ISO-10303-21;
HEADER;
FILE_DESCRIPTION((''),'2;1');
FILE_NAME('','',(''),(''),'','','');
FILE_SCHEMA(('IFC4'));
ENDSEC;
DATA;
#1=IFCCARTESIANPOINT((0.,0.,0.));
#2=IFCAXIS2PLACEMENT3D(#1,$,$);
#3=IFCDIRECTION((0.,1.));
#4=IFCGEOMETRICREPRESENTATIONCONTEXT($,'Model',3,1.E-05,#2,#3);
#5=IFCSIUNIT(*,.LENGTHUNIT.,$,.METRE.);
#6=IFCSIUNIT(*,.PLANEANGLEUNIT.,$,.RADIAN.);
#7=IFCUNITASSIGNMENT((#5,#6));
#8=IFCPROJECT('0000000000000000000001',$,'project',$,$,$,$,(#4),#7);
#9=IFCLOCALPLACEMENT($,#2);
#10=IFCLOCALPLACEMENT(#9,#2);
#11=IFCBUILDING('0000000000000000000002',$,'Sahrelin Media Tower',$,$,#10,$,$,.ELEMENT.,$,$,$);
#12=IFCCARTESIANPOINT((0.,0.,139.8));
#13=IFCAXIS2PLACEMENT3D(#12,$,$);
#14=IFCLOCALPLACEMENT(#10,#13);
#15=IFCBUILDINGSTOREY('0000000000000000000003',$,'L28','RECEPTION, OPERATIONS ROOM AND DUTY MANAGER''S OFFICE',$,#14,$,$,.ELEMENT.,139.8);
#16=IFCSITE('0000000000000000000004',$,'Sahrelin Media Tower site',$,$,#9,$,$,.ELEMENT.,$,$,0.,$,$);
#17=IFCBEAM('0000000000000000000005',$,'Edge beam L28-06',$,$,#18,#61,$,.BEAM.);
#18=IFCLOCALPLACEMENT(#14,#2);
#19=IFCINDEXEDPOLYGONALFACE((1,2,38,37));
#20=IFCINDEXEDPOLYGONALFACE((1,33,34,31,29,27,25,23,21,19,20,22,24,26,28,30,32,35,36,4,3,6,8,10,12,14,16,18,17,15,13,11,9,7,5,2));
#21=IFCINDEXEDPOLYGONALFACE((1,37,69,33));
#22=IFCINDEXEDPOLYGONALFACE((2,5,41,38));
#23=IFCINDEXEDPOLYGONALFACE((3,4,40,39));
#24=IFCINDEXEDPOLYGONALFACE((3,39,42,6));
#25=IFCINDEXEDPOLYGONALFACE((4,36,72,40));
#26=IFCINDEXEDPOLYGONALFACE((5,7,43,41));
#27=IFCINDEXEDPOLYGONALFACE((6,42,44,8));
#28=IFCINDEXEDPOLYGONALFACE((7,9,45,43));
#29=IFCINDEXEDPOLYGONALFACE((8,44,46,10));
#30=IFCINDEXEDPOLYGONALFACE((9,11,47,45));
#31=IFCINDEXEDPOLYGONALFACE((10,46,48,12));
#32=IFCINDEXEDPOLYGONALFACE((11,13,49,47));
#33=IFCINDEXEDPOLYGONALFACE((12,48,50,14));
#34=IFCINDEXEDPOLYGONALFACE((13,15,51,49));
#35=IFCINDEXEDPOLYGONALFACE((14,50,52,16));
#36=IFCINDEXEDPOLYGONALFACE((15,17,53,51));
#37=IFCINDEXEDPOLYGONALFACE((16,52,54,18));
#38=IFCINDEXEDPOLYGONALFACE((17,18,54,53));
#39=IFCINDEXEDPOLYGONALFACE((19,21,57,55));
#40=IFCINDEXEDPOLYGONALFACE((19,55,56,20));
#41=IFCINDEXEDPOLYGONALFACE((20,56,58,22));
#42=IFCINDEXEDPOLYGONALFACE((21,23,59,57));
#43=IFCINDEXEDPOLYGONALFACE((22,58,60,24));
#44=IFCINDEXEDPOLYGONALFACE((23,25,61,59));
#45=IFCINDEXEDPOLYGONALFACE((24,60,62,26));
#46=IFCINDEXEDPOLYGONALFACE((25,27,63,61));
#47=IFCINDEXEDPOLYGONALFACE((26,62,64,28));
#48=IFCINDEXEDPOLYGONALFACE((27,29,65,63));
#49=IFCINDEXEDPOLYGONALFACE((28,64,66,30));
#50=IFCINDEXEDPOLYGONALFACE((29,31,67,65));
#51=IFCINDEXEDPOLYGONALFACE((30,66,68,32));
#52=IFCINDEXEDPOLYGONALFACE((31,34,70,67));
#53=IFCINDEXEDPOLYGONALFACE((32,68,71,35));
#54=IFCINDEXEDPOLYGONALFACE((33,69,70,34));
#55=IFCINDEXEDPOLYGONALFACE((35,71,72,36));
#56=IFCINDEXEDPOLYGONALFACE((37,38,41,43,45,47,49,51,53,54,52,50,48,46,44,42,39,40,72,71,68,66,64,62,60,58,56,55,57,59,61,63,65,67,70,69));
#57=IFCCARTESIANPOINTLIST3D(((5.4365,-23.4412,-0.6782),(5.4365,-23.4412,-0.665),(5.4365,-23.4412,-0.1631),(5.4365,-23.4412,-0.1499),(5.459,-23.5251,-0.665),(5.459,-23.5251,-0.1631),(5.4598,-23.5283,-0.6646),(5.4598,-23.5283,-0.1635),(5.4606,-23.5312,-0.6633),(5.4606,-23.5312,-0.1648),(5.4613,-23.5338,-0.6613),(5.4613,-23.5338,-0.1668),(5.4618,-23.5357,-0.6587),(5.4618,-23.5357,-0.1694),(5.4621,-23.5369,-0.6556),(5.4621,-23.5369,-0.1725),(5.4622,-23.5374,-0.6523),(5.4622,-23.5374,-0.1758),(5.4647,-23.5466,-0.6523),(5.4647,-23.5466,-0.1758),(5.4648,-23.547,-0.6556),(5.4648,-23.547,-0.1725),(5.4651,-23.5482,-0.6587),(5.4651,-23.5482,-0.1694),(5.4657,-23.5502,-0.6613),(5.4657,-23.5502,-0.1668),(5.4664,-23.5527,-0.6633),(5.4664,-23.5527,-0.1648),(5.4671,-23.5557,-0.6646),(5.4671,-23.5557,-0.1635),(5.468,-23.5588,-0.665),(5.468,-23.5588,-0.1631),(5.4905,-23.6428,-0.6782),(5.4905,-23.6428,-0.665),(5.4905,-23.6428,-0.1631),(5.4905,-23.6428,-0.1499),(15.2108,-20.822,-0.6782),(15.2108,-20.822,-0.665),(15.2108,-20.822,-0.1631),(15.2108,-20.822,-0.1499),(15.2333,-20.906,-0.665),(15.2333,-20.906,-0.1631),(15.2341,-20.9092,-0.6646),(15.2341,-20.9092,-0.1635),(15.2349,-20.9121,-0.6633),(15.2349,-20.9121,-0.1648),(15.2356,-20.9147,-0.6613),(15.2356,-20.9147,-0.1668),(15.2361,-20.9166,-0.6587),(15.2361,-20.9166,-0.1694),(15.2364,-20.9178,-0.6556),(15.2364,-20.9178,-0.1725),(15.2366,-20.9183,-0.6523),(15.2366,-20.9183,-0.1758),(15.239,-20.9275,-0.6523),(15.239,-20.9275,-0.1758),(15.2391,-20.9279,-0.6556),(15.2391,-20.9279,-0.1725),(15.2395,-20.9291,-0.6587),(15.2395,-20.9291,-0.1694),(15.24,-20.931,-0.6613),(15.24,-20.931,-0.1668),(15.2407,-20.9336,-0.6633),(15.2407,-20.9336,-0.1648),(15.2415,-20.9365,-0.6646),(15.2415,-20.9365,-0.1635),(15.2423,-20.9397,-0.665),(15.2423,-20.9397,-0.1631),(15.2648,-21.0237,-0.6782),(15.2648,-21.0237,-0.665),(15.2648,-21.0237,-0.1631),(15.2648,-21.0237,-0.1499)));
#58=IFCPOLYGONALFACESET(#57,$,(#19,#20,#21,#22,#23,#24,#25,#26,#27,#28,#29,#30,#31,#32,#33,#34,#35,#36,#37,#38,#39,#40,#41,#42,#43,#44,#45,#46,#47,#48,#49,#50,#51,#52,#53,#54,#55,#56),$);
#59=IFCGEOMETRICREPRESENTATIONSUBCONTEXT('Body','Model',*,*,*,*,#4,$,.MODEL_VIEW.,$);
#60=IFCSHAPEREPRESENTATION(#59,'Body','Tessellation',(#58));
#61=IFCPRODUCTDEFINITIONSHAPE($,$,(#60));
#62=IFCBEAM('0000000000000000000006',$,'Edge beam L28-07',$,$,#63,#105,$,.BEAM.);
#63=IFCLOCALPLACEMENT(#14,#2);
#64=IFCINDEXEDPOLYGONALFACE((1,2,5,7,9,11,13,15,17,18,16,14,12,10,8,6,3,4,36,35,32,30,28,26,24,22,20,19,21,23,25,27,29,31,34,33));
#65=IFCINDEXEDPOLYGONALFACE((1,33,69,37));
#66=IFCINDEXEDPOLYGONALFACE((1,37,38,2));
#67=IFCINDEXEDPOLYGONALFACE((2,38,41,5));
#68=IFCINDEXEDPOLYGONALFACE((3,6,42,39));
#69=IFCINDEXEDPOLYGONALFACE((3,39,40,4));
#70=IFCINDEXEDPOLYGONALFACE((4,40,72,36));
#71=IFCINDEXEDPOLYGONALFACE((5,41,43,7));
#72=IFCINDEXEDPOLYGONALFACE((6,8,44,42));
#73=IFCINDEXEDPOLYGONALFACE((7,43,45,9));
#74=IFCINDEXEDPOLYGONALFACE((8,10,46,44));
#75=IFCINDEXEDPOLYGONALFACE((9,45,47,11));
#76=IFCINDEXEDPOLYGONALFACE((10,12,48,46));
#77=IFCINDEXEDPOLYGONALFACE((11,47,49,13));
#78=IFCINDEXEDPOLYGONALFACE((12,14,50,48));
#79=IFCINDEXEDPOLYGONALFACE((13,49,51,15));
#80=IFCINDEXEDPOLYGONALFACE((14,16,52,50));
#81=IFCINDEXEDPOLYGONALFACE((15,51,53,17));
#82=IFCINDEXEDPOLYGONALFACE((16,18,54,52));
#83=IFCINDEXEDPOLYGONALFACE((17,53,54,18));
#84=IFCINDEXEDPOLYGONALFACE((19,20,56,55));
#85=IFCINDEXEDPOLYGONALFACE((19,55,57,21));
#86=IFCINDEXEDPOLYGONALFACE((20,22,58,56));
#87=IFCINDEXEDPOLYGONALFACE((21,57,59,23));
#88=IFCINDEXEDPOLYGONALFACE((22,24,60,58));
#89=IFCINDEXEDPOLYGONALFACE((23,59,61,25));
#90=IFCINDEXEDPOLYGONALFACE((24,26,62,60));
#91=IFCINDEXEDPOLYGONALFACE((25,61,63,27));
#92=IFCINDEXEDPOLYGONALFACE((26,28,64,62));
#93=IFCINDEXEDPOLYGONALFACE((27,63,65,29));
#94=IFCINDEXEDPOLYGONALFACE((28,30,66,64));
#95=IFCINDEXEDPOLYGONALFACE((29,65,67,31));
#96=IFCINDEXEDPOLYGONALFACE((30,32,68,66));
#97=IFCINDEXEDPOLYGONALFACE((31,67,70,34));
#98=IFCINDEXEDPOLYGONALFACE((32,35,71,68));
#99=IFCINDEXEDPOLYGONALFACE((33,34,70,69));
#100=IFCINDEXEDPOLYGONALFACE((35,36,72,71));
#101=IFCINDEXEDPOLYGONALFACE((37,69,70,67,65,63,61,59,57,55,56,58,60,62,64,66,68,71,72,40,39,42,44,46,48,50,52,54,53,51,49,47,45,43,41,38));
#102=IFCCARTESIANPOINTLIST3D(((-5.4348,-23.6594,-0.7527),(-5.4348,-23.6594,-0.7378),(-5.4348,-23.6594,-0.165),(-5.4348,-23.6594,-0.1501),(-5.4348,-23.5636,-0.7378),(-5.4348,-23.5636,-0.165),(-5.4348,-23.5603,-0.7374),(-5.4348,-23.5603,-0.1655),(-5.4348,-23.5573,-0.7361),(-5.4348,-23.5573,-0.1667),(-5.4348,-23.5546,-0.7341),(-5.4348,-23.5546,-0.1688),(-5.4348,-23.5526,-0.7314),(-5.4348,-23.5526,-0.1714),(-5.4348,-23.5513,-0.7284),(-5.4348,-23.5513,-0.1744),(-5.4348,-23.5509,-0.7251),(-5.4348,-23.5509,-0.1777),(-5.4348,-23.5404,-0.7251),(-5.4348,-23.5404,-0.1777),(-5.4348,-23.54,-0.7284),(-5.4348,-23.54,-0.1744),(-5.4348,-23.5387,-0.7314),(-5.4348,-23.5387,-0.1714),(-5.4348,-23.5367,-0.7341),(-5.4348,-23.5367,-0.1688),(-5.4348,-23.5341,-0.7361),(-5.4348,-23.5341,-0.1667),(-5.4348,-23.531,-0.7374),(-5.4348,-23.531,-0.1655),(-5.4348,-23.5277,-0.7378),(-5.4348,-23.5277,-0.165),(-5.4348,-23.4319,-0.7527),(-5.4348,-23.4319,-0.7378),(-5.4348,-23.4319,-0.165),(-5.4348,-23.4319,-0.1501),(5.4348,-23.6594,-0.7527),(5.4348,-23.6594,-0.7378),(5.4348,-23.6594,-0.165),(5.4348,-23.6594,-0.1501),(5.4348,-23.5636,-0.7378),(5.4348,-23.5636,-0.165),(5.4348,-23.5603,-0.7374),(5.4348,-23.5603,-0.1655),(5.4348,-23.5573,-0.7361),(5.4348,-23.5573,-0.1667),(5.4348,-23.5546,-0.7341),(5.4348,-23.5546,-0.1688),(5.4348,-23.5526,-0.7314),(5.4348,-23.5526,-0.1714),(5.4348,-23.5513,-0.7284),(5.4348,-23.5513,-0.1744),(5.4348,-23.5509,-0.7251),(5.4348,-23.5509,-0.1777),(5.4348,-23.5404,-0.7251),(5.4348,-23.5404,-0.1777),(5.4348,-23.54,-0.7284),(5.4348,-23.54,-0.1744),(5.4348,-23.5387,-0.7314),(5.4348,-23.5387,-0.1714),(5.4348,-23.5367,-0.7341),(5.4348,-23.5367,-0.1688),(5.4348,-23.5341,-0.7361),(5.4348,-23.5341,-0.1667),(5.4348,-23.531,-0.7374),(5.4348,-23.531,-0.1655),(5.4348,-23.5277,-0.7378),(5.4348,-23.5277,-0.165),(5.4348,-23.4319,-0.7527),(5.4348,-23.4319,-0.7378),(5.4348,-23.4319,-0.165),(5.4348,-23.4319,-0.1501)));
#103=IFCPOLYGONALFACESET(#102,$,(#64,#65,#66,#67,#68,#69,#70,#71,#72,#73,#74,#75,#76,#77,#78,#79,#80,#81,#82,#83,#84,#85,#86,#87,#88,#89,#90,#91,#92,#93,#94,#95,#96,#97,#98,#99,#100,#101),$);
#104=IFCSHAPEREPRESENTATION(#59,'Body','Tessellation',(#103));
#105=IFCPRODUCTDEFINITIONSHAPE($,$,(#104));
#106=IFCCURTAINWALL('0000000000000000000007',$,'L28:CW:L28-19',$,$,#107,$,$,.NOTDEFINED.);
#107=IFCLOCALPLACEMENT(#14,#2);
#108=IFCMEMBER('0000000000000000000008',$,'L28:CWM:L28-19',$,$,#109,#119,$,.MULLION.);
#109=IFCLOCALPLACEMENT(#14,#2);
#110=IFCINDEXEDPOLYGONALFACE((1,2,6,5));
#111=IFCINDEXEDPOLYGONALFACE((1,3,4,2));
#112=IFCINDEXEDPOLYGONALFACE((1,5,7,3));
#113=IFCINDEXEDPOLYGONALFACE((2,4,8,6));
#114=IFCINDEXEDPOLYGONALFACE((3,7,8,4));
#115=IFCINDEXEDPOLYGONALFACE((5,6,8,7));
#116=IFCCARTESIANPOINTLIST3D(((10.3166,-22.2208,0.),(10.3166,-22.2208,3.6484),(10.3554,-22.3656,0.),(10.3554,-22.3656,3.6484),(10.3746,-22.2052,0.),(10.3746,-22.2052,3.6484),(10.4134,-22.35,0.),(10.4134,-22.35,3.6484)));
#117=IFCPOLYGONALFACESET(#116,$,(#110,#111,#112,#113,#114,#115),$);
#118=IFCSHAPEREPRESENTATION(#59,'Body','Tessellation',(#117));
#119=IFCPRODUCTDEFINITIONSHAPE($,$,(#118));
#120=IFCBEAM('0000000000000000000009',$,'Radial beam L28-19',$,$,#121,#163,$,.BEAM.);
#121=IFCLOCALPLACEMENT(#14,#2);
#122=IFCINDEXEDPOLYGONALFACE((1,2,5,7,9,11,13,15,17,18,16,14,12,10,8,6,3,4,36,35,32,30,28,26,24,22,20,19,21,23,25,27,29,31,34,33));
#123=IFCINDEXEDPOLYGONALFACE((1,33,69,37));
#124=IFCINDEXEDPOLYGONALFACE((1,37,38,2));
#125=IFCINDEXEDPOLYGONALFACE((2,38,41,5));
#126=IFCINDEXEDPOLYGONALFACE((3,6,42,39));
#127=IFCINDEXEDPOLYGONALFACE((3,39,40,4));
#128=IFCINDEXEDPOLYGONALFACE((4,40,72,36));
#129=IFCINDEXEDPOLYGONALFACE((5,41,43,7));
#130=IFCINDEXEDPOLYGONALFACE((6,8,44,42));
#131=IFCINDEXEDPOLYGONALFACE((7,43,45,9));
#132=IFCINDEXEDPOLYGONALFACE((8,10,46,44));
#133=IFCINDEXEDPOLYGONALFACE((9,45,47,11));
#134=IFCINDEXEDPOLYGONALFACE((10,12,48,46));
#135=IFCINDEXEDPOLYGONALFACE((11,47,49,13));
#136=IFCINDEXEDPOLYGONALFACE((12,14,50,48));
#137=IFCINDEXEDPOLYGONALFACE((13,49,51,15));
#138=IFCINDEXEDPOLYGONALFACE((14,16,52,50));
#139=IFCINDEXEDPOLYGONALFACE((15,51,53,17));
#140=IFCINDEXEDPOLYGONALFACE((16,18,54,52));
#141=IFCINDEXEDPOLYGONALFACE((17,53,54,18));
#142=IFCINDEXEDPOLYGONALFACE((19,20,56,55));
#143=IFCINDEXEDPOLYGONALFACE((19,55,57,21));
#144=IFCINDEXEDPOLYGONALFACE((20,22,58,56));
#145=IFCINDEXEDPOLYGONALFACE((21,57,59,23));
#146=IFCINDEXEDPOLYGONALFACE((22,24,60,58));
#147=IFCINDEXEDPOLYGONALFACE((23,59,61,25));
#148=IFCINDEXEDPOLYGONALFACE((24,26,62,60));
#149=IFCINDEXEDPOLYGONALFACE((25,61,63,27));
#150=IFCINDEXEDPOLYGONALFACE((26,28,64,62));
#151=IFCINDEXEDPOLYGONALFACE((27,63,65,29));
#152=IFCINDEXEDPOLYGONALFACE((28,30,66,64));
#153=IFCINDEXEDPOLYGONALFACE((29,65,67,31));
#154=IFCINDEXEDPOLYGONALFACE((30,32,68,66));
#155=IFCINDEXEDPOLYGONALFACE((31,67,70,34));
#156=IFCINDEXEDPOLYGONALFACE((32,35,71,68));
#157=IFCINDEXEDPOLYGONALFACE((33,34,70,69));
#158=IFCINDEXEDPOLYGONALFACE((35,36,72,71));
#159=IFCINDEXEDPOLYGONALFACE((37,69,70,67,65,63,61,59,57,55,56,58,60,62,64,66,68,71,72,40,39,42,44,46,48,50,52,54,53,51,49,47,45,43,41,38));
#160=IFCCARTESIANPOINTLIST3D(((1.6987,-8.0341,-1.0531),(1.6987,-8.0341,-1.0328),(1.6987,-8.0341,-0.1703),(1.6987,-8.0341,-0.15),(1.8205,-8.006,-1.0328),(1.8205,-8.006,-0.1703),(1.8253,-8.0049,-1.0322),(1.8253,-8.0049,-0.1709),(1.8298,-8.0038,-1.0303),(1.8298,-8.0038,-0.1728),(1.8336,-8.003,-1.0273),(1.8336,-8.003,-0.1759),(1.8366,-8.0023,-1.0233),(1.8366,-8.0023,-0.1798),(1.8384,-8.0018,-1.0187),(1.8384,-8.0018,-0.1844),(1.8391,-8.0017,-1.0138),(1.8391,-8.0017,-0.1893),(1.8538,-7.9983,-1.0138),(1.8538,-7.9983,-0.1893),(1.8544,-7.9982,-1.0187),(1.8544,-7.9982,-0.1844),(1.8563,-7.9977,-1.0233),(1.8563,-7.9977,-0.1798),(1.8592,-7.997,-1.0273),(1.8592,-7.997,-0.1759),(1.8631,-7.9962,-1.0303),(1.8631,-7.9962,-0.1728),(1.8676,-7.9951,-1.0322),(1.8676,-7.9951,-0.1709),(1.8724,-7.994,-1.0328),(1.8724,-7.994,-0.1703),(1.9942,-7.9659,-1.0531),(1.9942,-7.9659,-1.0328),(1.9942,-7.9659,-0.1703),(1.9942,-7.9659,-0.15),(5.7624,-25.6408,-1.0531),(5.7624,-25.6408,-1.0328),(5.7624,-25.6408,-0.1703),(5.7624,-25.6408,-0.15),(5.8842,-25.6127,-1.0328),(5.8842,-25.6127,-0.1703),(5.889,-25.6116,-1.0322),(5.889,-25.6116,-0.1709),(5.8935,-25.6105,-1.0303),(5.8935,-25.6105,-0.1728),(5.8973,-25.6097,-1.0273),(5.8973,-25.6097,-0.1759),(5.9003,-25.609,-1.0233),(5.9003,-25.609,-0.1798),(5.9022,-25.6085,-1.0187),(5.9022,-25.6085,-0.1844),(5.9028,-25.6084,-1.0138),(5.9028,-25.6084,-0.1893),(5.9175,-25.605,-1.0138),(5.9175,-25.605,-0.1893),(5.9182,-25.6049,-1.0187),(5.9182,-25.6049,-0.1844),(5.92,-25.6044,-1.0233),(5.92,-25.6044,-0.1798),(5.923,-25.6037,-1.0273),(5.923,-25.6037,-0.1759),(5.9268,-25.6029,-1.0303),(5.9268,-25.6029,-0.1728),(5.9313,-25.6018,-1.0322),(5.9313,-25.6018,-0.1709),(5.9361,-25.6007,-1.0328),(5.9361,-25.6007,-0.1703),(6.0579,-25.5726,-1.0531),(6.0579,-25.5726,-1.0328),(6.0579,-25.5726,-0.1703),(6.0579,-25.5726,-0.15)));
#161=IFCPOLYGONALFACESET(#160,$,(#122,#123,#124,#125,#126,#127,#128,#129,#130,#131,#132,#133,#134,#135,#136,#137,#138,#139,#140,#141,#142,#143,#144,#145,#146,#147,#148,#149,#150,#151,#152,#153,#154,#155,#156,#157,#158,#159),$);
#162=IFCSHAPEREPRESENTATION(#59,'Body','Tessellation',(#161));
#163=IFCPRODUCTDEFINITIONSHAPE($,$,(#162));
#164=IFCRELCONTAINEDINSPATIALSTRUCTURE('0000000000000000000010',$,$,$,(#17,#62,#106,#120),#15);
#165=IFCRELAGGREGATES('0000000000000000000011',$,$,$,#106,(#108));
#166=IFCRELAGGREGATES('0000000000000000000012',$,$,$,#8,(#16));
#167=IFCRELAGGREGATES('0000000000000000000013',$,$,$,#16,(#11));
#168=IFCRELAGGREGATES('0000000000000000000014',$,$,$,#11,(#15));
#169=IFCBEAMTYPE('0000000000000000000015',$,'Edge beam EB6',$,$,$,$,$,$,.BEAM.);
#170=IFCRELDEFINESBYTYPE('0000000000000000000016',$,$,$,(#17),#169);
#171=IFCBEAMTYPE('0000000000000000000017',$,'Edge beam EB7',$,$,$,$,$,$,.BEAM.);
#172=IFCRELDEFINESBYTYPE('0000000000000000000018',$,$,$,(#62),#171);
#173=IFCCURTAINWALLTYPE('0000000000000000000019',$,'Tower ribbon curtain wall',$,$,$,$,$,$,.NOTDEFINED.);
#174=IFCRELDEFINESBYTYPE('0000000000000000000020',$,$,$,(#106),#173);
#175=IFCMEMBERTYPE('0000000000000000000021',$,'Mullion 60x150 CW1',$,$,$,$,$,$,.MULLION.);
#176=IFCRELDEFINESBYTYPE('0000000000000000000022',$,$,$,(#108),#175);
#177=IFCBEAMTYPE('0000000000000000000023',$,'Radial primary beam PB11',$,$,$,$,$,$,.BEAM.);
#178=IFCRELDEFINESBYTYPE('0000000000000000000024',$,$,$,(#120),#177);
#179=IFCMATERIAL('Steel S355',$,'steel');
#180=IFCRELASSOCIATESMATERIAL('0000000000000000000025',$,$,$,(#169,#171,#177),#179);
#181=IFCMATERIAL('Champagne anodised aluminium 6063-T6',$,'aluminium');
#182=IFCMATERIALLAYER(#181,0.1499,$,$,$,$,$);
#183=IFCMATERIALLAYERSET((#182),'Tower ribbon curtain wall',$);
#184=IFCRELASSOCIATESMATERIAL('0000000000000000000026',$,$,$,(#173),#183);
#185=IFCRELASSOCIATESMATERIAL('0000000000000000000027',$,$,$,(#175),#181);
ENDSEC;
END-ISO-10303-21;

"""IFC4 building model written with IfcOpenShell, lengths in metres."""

from ifc_helpers import new_model, si_unit, direction, frame, origin, origin_2d, place, context, subcontext, project, spatial, rectangle, i_section, extrude, material, layer, layer_set, material_profile, profile_set, type_object, element, aggregate, save


model = new_model("IFC4")

# Units and contexts
model_context = context("Model", 3, precision=1e-05, world=origin(), true_north=direction((0.0, 1.0)))
body_context = subcontext(model_context, "Body", "Model", "MODEL_VIEW")
ifc_project = project(units=[si_unit("LENGTHUNIT", "METRE"), si_unit("PLANEANGLEUNIT", "RADIAN")], contexts=[model_context])

# Site, building, storey
site_placement = place(None, origin())
site = spatial("IfcSite", under=ifc_project, at=site_placement, Name="Sahrelin Media Tower site", CompositionType="ELEMENT", RefElevation=0.0)
building_placement = place(site_placement, origin())
building = spatial("IfcBuilding", under=site, at=building_placement, Name="Sahrelin Media Tower", CompositionType="ELEMENT")
storey_placement = place(building_placement, frame((0.0, 0.0, 139.8)))
storey = spatial("IfcBuildingStorey", under=building, at=storey_placement, Name="L28", Description="RECEPTION, OPERATIONS ROOM AND DUTY MANAGER'S OFFICE", CompositionType="ELEMENT", Elevation=139.8)

# Beams
ifc_material_1 = material(Name="Steel S355", Category="steel")
ifc_material_profile_1 = material_profile(ifc_material_1, i_section(OverallWidth=0.2087, OverallDepth=0.5283, WebThickness=0.0095, FlangeThickness=0.0132, FilletRadius=0.0127, at=origin_2d()), Name="UB 533x210x82")
ifc_profile_set_1 = profile_set([ifc_material_profile_1], Name="Steel S355")
beam_type_1 = type_object("IfcBeamType", Name="Edge beam EB6", PredefinedType="BEAM", material=ifc_profile_set_1)
beam_1_placement = place(storey_placement, frame((15.2378, -20.9229, -0.4141), z_axis=(-0.965923, -0.258828, 0.0), x_axis=(0.258828, -0.965923, 0.0)))
element("IfcBeam", 1, at=beam_1_placement, inside=storey, type_object=beam_type_1, Name="Edge beam L28-06", PredefinedType="BEAM", context=body_context, shape_type="SweptSolid", body=[
    extrude(i_section(OverallWidth=0.2087, OverallDepth=0.5283, WebThickness=0.0095, FlangeThickness=0.0132, FilletRadius=0.0127, at=origin_2d()), origin(), (0.0, 0.0, 1.0), 10.1191),
])
ifc_material_profile_2 = material_profile(ifc_material_1, i_section(OverallWidth=0.2275, OverallDepth=0.6025, WebThickness=0.0105, FlangeThickness=0.0149, FilletRadius=0.0127, at=origin_2d()), Name="UB 610x229x101")
ifc_profile_set_2 = profile_set([ifc_material_profile_2], Name="Steel S355")
beam_type_2 = type_object("IfcBeamType", Name="Edge beam EB7", PredefinedType="BEAM", material=ifc_profile_set_2)
beam_2_placement = place(storey_placement, frame((5.4348, -23.5457, -0.4514), z_axis=(-1.0, 0.0, 0.0), x_axis=(0.0, -1.0, 0.0)))
element("IfcBeam", 2, at=beam_2_placement, inside=storey, type_object=beam_type_2, Name="Edge beam L28-07", PredefinedType="BEAM", context=body_context, shape_type="SweptSolid", body=[
    extrude(i_section(OverallWidth=0.2275, OverallDepth=0.6025, WebThickness=0.0105, FlangeThickness=0.0149, FilletRadius=0.0127, at=origin_2d()), origin(), (0.0, 0.0, 1.0), 10.8696),
])

# Curtain wall, member
ifc_material_2 = material(Name="Champagne anodised aluminium 6063-T6", Category="aluminium")
ifc_layer_1 = layer(ifc_material_2, 0.1499)
ifc_layer_set_1 = layer_set([ifc_layer_1], Name="Tower ribbon curtain wall")
curtain_wall_type = type_object("IfcCurtainWallType", Name="Tower ribbon curtain wall", PredefinedType="NOTDEFINED", material=ifc_layer_set_1)
curtain_wall_placement = place(storey_placement, frame((10.3894, -22.3772, 0.0), z_axis=(0.0, 0.0, 1.0), x_axis=(1.0, 0.0, 0.0)))
curtain_wall = element("IfcCurtainWall", 3, at=curtain_wall_placement, inside=storey, type_object=curtain_wall_type, Name="L28:CW:L28-19", PredefinedType="NOTDEFINED")
ifc_material_profile_3 = material_profile(ifc_material_2, rectangle(XDim=0.0601, YDim=0.1499, at=origin_2d()), Name="Mullion 60x150")
ifc_profile_set_3 = profile_set([ifc_material_profile_3], Name="Champagne anodised aluminium 6063-T6")
member_type_1 = type_object("IfcMemberType", Name="Mullion 60x150 CW1", PredefinedType="MULLION", material=ifc_profile_set_3)
member_1_placement = place(storey_placement, frame((10.365, -22.2854, 0.0), z_axis=(0.0, 0.0, 1.0), x_axis=(0.965926, 0.258819, 0.0)))
member_1 = element("IfcMember", 4, at=member_1_placement, type_object=member_type_1, Name="L28:CWM:L28-19", PredefinedType="MULLION", context=body_context, shape_type="SweptSolid", body=[
    extrude(rectangle(XDim=0.0601, YDim=0.1499, at=origin_2d()), origin(), (0.0, 0.0, 1.0), 3.6484),
])

# Beam
ifc_material_profile_4 = material_profile(ifc_material_1, i_section(OverallWidth=0.3032, OverallDepth=0.9031, WebThickness=0.0151, FlangeThickness=0.0203, FilletRadius=0.019, at=origin_2d()), Name="UB 914x305x201")
ifc_profile_set_4 = profile_set([ifc_material_profile_4], Name="Steel S355")
beam_type_3 = type_object("IfcBeamType", Name="Radial primary beam PB11", PredefinedType="BEAM", material=ifc_profile_set_4)
beam_3_placement = place(storey_placement, frame((1.8464, -8.0, -0.6016), z_axis=(0.224893, -0.974383, 0.0), x_axis=(0.974383, 0.224893, 0.0)))
element("IfcBeam", 5, at=beam_3_placement, inside=storey, type_object=beam_type_3, Name="Radial beam L28-19", PredefinedType="BEAM", context=body_context, shape_type="SweptSolid", body=[
    extrude(i_section(OverallWidth=0.3032, OverallDepth=0.9031, WebThickness=0.0151, FlangeThickness=0.0203, FilletRadius=0.019, at=origin_2d()), origin(), (0.0, 0.0, 1.0), 18.0696),
])

aggregate(curtain_wall, [member_1])

save(model, "model.ifc")
